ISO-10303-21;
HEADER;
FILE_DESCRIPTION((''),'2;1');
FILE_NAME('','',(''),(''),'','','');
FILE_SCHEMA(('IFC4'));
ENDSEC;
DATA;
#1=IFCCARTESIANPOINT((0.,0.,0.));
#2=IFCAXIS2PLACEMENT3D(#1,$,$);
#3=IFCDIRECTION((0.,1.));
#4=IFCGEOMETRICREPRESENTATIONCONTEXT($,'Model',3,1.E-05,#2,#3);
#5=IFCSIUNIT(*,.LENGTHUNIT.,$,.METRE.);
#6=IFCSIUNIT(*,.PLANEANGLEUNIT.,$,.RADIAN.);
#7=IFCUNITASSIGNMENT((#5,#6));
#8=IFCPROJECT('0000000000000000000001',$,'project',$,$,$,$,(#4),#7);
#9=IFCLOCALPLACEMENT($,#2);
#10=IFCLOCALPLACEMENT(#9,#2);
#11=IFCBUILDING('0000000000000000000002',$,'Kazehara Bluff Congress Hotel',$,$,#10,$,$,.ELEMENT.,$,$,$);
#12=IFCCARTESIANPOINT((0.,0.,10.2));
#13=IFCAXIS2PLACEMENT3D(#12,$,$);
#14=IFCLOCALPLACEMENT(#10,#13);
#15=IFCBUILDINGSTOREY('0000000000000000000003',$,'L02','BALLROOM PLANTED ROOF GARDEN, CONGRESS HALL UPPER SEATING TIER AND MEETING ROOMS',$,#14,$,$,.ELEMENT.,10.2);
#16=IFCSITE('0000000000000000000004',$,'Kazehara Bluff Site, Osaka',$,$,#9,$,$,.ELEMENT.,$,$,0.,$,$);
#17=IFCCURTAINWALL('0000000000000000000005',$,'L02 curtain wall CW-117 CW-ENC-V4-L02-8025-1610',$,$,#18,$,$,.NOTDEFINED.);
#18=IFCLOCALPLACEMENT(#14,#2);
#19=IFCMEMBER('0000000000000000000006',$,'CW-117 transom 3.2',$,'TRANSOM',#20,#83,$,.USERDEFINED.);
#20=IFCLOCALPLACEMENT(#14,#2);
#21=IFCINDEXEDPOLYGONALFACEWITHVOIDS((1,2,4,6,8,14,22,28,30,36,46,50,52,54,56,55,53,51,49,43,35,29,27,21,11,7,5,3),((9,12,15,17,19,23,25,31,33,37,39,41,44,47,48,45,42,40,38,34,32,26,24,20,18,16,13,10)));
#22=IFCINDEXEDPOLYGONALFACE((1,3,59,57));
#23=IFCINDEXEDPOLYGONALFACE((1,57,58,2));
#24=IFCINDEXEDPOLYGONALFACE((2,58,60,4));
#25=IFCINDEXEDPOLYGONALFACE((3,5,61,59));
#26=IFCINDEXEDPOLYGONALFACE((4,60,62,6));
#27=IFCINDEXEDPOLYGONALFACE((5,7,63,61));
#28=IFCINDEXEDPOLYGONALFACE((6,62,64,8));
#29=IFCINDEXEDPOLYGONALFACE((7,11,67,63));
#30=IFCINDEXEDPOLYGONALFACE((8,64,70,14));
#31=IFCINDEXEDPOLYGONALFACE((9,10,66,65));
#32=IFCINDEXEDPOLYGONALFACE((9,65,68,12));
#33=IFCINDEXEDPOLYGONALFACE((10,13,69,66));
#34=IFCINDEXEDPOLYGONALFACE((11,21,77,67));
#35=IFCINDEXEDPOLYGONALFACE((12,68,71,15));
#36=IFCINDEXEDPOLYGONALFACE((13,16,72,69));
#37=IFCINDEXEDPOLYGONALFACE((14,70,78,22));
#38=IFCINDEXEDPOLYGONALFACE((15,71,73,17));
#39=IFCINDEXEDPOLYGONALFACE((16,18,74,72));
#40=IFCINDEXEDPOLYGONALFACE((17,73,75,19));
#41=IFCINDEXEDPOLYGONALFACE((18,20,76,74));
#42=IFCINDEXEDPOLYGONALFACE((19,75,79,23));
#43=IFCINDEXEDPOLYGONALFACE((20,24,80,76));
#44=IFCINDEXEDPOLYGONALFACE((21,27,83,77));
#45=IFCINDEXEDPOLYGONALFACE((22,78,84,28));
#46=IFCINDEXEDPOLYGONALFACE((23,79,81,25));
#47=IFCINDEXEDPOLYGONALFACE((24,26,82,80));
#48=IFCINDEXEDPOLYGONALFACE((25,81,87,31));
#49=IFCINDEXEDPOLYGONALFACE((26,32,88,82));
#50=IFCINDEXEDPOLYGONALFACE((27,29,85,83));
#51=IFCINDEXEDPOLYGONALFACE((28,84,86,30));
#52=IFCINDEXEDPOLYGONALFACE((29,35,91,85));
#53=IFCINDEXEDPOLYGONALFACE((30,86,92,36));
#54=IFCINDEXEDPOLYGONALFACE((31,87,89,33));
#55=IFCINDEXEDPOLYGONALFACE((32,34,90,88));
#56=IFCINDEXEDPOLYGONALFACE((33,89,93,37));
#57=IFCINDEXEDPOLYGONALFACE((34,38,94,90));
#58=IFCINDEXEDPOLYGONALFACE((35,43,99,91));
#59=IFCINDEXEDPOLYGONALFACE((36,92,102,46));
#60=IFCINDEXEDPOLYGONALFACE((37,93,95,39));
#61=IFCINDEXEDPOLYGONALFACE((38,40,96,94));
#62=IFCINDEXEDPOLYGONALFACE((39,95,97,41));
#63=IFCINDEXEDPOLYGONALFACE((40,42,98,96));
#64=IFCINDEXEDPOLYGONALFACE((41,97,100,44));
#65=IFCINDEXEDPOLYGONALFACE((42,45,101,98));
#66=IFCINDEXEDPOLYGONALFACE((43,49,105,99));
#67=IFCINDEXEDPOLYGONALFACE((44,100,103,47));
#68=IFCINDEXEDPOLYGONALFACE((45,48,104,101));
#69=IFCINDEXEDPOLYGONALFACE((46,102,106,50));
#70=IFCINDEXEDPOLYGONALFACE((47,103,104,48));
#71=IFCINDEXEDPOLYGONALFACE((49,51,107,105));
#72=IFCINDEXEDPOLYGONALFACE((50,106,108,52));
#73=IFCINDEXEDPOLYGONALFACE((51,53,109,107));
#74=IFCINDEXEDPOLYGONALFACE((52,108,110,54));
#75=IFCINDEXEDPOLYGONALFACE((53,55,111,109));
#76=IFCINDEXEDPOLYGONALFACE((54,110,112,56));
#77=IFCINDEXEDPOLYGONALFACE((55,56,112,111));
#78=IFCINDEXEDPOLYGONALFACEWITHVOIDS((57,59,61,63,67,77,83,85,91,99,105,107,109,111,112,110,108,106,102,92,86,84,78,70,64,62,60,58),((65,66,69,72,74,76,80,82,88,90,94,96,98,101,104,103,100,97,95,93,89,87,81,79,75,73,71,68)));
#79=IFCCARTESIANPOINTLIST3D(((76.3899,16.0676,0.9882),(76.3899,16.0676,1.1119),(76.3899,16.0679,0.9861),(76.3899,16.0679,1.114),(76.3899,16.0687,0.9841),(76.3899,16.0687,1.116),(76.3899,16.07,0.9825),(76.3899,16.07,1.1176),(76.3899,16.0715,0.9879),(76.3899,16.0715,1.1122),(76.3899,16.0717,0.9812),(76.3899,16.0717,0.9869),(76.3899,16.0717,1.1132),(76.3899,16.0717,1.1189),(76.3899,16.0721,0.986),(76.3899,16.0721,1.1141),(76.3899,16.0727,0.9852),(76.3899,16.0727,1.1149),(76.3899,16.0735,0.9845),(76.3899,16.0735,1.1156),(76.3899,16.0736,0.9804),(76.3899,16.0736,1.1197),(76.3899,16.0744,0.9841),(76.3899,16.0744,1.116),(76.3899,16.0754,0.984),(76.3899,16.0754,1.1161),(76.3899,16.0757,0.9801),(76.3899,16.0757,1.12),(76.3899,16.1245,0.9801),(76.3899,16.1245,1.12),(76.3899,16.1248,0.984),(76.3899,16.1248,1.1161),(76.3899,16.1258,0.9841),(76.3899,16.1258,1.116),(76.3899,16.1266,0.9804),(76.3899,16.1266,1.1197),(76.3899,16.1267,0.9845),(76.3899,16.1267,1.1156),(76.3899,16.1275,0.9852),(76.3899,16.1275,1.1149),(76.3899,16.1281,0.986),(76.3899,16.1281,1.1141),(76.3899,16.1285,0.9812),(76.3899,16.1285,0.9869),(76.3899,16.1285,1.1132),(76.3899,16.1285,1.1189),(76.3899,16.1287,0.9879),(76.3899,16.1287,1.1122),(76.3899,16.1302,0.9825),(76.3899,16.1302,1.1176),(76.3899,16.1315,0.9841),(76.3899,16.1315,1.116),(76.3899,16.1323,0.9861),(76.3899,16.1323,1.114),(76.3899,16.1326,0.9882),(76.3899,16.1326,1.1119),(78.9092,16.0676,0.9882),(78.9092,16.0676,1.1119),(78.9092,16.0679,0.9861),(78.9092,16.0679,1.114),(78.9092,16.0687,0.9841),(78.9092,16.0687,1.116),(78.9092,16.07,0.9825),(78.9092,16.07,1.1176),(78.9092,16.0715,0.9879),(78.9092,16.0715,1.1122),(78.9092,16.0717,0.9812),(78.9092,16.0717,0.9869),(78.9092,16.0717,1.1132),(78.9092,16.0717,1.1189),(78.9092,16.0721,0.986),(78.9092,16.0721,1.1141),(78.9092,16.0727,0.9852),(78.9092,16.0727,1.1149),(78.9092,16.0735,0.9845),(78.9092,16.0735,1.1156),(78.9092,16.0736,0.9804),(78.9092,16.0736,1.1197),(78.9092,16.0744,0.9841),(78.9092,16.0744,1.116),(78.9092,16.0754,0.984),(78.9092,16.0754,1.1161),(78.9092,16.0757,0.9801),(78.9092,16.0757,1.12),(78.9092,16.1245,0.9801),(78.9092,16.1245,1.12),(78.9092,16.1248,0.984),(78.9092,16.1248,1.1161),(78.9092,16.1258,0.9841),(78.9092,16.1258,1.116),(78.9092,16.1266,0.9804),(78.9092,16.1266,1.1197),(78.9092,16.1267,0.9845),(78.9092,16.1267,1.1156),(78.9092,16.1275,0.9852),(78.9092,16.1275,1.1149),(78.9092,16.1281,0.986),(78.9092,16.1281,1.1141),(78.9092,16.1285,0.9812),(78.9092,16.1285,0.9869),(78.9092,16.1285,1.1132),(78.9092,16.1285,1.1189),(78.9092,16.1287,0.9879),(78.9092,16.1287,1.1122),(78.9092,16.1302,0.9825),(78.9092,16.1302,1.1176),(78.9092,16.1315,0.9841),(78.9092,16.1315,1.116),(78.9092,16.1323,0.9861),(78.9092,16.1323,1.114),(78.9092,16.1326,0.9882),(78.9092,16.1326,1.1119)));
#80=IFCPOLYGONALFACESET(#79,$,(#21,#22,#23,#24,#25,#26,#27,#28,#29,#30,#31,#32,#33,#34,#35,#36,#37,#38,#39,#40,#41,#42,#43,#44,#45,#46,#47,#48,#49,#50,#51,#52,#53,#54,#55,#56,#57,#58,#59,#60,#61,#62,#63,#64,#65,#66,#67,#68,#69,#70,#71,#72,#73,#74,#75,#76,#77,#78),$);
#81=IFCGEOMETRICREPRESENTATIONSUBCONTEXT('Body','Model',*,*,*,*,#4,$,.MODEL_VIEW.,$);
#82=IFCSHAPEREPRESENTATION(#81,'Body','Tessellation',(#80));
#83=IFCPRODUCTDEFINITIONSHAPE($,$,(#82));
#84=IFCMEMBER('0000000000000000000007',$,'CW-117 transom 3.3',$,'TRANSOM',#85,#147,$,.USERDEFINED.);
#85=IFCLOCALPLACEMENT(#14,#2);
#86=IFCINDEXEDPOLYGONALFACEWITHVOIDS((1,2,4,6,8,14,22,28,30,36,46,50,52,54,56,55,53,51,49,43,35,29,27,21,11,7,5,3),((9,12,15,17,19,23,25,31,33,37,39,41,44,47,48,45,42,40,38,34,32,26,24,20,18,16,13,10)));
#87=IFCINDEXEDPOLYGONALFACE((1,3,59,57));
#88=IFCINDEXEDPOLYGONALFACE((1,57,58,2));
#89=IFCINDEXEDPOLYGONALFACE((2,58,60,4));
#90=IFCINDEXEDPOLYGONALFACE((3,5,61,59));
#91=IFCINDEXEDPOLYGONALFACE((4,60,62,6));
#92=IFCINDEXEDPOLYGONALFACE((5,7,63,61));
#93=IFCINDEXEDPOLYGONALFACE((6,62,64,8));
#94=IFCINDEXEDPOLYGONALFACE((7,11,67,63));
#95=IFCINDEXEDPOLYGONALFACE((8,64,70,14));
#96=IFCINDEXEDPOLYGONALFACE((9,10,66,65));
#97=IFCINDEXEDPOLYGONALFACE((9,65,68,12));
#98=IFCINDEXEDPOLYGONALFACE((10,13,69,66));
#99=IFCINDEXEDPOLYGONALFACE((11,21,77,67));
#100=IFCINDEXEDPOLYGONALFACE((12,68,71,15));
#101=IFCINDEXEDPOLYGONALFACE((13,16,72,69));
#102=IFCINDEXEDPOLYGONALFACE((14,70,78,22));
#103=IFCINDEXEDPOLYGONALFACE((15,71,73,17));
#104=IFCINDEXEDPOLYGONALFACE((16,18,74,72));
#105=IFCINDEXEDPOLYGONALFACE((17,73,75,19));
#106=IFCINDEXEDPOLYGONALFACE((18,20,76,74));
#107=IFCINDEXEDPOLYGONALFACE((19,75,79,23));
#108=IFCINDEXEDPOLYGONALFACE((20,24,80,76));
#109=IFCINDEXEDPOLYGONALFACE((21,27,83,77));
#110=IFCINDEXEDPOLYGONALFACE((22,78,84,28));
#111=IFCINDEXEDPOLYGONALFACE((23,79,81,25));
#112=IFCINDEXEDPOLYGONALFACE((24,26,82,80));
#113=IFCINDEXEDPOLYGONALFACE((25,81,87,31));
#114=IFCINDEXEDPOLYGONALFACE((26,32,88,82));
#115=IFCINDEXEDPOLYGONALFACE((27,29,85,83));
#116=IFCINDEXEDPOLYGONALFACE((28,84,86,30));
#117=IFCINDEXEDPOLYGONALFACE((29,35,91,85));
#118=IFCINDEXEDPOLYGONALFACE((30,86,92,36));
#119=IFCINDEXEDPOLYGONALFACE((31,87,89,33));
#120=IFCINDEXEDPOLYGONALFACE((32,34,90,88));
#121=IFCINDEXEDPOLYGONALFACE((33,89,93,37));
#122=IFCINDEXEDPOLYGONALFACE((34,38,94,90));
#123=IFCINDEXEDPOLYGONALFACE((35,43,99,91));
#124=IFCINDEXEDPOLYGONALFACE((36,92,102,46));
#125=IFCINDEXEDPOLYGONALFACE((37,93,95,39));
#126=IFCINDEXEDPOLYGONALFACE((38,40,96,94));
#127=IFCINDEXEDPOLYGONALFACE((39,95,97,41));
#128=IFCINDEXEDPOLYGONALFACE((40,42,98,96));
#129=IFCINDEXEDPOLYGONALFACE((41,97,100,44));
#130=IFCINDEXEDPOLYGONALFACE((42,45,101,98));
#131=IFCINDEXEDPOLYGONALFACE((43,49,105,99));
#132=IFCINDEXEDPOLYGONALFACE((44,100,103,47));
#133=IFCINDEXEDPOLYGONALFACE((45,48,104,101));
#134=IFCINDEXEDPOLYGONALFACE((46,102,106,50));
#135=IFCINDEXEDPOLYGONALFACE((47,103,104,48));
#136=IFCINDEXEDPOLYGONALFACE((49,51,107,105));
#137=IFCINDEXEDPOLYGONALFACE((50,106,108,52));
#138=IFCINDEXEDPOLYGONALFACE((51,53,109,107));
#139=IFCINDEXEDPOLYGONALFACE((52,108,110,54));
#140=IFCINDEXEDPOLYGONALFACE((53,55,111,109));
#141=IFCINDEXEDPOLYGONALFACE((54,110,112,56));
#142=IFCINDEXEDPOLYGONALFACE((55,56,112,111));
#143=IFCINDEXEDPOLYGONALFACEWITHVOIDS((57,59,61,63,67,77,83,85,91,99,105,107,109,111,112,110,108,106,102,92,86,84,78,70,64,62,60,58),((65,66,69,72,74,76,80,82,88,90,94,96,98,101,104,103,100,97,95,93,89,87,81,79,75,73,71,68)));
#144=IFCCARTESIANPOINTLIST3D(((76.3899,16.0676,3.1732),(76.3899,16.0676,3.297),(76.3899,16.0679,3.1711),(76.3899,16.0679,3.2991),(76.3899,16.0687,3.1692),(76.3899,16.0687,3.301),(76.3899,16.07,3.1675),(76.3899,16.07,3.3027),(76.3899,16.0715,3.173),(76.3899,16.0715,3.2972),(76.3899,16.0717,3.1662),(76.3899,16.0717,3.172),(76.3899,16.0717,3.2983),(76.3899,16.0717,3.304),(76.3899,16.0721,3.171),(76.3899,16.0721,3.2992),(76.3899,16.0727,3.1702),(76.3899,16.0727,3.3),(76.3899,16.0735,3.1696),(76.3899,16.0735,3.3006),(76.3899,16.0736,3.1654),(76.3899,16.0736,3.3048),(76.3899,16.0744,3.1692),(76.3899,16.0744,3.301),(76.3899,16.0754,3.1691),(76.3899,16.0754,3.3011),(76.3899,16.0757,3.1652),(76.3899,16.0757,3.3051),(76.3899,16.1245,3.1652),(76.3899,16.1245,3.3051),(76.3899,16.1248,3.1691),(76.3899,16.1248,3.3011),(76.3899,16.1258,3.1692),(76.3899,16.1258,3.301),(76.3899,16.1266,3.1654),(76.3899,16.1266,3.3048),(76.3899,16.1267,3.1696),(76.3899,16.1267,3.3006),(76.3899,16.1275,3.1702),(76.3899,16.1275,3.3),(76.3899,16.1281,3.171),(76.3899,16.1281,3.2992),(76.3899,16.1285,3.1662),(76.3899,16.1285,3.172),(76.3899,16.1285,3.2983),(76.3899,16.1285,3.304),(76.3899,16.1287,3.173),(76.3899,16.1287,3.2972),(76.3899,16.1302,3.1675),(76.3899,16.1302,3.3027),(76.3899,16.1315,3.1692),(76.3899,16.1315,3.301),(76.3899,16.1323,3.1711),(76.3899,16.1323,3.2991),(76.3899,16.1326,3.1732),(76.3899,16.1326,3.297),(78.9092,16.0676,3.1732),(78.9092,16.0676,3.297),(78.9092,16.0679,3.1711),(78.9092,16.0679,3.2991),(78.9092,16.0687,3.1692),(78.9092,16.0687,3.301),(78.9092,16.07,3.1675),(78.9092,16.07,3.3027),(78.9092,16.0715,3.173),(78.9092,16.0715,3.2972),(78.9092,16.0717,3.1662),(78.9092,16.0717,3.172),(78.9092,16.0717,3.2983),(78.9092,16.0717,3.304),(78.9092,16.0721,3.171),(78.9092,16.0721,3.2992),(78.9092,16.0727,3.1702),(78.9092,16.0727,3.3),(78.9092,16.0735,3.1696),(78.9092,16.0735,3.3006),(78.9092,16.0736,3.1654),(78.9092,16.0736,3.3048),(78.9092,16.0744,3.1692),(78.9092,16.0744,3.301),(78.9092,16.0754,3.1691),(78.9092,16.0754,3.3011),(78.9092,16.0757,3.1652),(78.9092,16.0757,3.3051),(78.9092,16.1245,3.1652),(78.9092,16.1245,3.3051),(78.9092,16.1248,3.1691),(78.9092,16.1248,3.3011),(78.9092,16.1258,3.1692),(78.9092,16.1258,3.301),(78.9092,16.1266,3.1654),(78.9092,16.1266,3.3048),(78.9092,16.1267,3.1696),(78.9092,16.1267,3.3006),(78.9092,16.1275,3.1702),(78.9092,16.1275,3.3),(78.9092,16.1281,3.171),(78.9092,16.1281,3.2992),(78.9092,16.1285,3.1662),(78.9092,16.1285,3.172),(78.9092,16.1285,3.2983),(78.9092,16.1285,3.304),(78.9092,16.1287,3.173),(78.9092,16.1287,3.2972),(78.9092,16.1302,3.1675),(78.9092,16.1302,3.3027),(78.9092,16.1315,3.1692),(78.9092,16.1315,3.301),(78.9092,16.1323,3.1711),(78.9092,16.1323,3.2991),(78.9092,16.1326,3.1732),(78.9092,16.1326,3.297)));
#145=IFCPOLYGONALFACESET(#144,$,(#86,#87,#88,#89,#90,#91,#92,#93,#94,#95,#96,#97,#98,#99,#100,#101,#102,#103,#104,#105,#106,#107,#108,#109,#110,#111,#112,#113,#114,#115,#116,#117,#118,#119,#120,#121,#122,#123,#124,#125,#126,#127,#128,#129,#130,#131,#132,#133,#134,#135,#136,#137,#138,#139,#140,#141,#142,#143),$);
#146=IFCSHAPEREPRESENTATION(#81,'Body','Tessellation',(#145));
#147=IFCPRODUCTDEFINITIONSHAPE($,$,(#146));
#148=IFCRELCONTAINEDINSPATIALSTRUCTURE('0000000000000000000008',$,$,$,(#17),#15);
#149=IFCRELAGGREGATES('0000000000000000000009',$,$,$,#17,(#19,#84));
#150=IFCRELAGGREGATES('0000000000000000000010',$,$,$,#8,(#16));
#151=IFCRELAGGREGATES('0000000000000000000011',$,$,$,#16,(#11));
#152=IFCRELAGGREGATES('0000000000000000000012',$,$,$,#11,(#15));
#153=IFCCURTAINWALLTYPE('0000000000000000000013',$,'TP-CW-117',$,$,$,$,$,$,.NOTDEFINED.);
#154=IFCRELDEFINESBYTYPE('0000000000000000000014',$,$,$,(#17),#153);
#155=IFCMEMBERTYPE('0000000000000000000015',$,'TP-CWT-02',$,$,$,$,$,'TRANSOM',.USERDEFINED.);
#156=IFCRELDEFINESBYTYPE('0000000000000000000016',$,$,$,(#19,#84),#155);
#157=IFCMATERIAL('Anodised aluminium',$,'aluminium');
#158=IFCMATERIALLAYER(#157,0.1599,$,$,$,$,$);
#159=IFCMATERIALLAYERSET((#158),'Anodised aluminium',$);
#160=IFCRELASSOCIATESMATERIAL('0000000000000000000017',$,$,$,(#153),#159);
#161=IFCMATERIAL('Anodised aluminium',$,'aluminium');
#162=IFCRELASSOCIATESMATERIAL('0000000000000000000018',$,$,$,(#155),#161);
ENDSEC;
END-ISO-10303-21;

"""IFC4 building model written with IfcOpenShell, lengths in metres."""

from ifc_helpers import new_model, si_unit, direction, frame, origin, origin_2d, place, context, subcontext, project, spatial, hollow_rectangle, extrude, material, layer, layer_set, material_profile, profile_set, type_object, element, aggregate, save


model = new_model("IFC4")

# Units and contexts
model_context = context("Model", 3, precision=1e-05, world=origin(), true_north=direction((0.0, 1.0)))
body_context = subcontext(model_context, "Body", "Model", "MODEL_VIEW")
ifc_project = project(units=[si_unit("LENGTHUNIT", "METRE"), si_unit("PLANEANGLEUNIT", "RADIAN")], contexts=[model_context])

# Site, building, storey
site_placement = place(None, origin())
site = spatial("IfcSite", under=ifc_project, at=site_placement, Name="Kazehara Bluff Site, Osaka", CompositionType="ELEMENT", RefElevation=0.0)
building_placement = place(site_placement, origin())
building = spatial("IfcBuilding", under=site, at=building_placement, Name="Kazehara Bluff Congress Hotel", CompositionType="ELEMENT")
storey_placement = place(building_placement, frame((0.0, 0.0, 10.2)))
storey = spatial("IfcBuildingStorey", under=building, at=storey_placement, Name="L02", Description="BALLROOM PLANTED ROOF GARDEN, CONGRESS HALL UPPER SEATING TIER AND MEETING ROOMS", CompositionType="ELEMENT", Elevation=10.2)

# Curtain wall
ifc_material_1 = material(Name="Anodised aluminium", Category="aluminium")
ifc_layer_1 = layer(ifc_material_1, 0.1599)
ifc_layer_set_1 = layer_set([ifc_layer_1], Name="Anodised aluminium")
curtain_wall_type_1 = type_object("IfcCurtainWallType", Name="TP-CW-117", PredefinedType="NOTDEFINED", material=ifc_layer_set_1)
curtain_wall_1_placement = place(storey_placement, origin())
curtain_wall_1 = element("IfcCurtainWall", 1, at=curtain_wall_1_placement, inside=storey, type_object=curtain_wall_type_1, Name="L02 curtain wall CW-117 CW-ENC-V4-L02-8025-1610", PredefinedType="NOTDEFINED")

# Members
ifc_material_2 = material(Name="Anodised aluminium", Category="aluminium")
ifc_material_profile_1 = material_profile(ifc_material_2, hollow_rectangle(XDim=0.0649, YDim=0.1399, WallThickness=0.0039, InnerFilletRadius=0.0039, OuterFilletRadius=0.0081, at=origin_2d()))
ifc_profile_set_1 = profile_set([ifc_material_profile_1], Name="Anodised aluminium")
member_type_1 = type_object("IfcMemberType", Name="TP-CWT-02", ElementType="TRANSOM", PredefinedType="USERDEFINED", material=ifc_profile_set_1)
member_1_placement = place(storey_placement, frame((78.9092, 16.1001, 1.05), z_axis=(-1.0, 0.0, 0.0), x_axis=(0.0, -1.0, 0.0)))
member_1 = element("IfcMember", 2, at=member_1_placement, type_object=member_type_1, Name="CW-117 transom 3.2", ObjectType="TRANSOM", PredefinedType="USERDEFINED", context=body_context, shape_type="SweptSolid", body=[
    extrude(hollow_rectangle(XDim=0.0649, YDim=0.1399, WallThickness=0.0039, InnerFilletRadius=0.0039, OuterFilletRadius=0.0081, at=origin_2d()), origin(), (0.0, 0.0, 1.0), 2.5193),
])
member_2_placement = place(storey_placement, frame((78.9092, 16.1001, 3.2351), z_axis=(-1.0, 0.0, 0.0), x_axis=(0.0, -1.0, 0.0)))
member_2 = element("IfcMember", 3, at=member_2_placement, type_object=member_type_1, Name="CW-117 transom 3.3", ObjectType="TRANSOM", PredefinedType="USERDEFINED", context=body_context, shape_type="SweptSolid", body=[
    extrude(hollow_rectangle(XDim=0.0649, YDim=0.1399, WallThickness=0.0039, InnerFilletRadius=0.0039, OuterFilletRadius=0.0081, at=origin_2d()), origin(), (0.0, 0.0, 1.0), 2.5193),
])

aggregate(curtain_wall_1, [member_1, member_2])

save(model, "model.ifc")
